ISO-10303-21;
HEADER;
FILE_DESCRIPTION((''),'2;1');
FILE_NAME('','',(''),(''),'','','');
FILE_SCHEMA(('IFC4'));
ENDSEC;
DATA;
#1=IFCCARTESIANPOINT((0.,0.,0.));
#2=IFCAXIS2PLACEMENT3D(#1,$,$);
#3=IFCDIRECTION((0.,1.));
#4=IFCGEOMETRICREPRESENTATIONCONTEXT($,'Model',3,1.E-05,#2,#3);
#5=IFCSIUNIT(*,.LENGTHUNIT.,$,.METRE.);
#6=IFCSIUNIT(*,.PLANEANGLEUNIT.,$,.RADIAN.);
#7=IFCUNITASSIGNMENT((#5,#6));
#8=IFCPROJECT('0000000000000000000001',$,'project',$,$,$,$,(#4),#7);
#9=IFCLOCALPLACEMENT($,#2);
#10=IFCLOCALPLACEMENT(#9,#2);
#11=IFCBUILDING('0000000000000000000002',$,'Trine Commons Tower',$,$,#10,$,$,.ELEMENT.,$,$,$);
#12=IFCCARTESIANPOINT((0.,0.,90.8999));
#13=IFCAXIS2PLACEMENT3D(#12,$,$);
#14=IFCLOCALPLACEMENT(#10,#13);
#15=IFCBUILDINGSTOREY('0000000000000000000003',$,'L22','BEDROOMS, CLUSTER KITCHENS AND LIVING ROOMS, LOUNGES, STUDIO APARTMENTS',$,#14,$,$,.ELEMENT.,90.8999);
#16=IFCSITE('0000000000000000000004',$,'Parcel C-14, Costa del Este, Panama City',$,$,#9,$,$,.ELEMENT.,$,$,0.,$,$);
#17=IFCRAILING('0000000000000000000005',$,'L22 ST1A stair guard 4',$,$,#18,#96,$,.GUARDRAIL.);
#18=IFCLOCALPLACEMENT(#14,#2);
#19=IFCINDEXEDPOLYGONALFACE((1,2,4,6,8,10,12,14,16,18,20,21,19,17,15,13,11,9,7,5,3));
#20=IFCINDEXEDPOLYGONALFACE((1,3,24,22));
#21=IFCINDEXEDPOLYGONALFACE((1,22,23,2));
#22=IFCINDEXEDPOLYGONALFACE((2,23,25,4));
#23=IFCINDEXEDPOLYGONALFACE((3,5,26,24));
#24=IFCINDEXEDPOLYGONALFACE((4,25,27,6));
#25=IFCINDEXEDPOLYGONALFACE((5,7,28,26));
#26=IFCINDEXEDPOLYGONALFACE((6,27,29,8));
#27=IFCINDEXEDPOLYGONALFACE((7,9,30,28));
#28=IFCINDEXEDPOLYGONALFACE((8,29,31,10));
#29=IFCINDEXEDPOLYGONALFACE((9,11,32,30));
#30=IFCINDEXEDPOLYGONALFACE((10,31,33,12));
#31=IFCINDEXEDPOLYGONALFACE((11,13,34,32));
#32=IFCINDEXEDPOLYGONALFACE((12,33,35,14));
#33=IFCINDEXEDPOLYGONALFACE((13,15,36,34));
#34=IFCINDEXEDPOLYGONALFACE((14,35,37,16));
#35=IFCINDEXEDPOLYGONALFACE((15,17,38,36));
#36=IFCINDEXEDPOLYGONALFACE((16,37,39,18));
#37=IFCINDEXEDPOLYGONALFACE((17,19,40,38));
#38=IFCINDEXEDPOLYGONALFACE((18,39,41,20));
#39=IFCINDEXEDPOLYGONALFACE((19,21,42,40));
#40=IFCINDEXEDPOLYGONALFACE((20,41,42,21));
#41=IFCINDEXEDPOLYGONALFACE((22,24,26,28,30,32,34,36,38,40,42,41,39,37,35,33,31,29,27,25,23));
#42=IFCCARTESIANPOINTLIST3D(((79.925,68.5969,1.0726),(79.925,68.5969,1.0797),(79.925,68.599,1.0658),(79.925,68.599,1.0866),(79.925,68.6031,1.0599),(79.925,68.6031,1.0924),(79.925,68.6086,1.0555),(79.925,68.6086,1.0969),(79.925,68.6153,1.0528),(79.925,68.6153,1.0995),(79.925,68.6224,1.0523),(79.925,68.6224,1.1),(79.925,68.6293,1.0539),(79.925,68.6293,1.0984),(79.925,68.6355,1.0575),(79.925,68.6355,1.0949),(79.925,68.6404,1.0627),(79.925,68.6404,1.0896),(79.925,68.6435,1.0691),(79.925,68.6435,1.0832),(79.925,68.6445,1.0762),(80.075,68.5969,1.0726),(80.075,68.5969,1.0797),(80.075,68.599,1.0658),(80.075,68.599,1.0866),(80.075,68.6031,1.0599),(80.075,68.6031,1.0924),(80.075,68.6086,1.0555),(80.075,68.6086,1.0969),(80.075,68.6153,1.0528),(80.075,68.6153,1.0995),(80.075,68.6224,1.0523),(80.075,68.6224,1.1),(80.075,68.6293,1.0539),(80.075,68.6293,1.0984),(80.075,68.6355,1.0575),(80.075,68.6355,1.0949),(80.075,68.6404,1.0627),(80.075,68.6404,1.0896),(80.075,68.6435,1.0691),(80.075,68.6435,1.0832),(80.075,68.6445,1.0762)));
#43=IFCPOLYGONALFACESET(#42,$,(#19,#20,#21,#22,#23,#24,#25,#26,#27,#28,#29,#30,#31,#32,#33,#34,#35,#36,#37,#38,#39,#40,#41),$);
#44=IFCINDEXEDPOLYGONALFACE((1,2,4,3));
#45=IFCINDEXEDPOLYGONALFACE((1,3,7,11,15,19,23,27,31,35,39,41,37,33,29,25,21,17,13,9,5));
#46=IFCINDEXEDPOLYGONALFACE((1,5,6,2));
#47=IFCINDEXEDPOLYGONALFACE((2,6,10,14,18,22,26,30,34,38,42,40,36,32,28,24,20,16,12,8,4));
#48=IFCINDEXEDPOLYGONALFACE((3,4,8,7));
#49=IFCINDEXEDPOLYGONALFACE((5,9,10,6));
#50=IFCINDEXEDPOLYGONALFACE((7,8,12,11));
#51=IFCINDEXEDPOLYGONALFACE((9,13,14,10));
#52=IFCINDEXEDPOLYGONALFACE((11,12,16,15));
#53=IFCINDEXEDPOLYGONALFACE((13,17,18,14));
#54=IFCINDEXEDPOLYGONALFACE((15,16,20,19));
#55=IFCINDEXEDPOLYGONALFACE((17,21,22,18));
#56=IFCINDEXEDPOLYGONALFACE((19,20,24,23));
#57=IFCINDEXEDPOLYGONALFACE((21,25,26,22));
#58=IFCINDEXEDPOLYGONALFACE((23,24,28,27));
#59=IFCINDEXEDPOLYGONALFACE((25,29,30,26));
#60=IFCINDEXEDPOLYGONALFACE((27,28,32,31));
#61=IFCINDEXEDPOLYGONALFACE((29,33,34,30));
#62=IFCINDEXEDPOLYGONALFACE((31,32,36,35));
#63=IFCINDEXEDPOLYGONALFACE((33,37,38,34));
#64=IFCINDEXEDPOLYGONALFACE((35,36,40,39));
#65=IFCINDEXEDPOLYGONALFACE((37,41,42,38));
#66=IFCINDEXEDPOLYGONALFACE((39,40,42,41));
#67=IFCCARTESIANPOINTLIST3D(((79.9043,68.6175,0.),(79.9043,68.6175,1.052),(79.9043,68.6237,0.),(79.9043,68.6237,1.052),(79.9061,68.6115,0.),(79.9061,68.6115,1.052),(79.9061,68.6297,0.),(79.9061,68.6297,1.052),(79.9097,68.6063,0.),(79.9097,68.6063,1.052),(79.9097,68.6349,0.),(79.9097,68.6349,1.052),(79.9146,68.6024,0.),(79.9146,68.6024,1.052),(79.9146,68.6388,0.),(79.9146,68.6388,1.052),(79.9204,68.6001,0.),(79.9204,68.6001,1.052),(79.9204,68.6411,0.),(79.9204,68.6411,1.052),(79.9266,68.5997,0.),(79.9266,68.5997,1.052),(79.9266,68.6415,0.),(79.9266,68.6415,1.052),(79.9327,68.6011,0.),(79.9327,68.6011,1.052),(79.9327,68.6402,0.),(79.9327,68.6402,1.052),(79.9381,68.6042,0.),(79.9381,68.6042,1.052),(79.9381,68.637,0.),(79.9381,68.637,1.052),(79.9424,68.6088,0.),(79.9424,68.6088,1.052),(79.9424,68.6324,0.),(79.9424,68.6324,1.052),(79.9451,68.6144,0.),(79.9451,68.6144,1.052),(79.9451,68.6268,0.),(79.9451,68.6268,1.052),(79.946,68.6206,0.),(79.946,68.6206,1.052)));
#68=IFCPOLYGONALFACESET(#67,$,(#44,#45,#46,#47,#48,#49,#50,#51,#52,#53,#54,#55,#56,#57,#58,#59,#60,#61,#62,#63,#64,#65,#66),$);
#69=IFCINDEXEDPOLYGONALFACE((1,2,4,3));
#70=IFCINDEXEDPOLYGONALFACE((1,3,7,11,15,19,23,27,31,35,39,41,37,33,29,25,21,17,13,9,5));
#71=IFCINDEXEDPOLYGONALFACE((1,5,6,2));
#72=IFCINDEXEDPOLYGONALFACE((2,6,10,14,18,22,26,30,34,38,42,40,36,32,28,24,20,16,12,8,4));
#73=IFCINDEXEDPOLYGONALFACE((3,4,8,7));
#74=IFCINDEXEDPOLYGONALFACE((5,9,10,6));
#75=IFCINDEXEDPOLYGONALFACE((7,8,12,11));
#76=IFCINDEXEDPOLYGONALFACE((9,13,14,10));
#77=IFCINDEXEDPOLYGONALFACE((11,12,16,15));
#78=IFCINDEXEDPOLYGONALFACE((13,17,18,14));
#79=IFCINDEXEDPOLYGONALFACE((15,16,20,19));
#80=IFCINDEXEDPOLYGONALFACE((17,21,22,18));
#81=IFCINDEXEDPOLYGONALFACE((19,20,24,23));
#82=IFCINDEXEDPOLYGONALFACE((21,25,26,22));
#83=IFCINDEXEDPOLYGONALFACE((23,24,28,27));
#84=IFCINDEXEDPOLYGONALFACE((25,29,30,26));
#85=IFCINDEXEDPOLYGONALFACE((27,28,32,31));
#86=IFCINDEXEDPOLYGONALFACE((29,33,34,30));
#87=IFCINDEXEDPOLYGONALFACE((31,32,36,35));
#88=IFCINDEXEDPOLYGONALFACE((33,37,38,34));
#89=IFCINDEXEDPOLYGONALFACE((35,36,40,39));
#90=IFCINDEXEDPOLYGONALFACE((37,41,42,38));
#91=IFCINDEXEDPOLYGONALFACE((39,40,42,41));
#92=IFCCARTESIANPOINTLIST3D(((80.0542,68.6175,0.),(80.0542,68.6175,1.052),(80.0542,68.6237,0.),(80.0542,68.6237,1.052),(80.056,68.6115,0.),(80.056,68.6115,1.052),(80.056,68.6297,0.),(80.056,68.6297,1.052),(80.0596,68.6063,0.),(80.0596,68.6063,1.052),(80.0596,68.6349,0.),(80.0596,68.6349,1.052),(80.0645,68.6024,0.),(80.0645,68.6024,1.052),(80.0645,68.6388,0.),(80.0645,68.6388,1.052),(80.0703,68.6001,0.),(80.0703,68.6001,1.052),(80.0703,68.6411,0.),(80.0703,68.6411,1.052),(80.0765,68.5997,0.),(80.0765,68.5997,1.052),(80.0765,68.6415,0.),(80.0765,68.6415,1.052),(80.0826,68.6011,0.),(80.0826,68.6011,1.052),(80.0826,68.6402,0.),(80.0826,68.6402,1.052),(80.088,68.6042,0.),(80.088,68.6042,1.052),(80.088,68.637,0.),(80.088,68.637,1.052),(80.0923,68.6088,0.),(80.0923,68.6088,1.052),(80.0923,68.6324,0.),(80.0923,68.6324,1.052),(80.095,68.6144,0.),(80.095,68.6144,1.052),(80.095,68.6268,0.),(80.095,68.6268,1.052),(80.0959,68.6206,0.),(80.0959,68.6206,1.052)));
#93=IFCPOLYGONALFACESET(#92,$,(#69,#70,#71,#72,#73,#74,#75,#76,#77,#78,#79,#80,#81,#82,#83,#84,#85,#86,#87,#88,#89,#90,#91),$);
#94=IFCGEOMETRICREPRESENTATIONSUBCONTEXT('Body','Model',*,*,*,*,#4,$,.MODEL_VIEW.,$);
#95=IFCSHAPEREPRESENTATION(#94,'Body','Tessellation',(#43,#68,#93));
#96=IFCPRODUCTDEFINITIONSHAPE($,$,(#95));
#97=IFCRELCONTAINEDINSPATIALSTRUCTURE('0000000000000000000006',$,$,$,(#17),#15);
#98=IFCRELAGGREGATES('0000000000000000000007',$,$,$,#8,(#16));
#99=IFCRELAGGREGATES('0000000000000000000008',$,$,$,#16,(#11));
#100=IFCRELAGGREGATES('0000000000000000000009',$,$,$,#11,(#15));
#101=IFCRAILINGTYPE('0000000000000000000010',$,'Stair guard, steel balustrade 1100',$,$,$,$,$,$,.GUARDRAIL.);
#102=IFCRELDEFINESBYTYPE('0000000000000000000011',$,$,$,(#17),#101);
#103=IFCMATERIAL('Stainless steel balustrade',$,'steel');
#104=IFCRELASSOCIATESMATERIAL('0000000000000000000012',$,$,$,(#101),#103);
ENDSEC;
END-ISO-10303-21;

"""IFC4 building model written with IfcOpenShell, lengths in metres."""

from ifc_helpers import new_model, si_unit, direction, frame, origin, origin_2d, place, context, subcontext, project, spatial, circle, extrude, material, type_object, element, save


model = new_model("IFC4")

# Units and contexts
model_context = context("Model", 3, precision=1e-05, world=origin(), true_north=direction((0.0, 1.0)))
body_context = subcontext(model_context, "Body", "Model", "MODEL_VIEW")
ifc_project = project(units=[si_unit("LENGTHUNIT", "METRE"), si_unit("PLANEANGLEUNIT", "RADIAN")], contexts=[model_context])

# Site, building, storey
site_placement = place(None, origin())
site = spatial("IfcSite", under=ifc_project, at=site_placement, Name="Parcel C-14, Costa del Este, Panama City", CompositionType="ELEMENT", RefElevation=0.0)
building_placement = place(site_placement, origin())
building = spatial("IfcBuilding", under=site, at=building_placement, Name="Trine Commons Tower", CompositionType="ELEMENT")
storey_placement = place(building_placement, frame((0.0, 0.0, 90.8999)))
storey = spatial("IfcBuildingStorey", under=building, at=storey_placement, Name="L22", Description="BEDROOMS, CLUSTER KITCHENS AND LIVING ROOMS, LOUNGES, STUDIO APARTMENTS", CompositionType="ELEMENT", Elevation=90.8999)

# Railing
ifc_material_1 = material(Name="Stainless steel balustrade", Category="steel")
railing_type_1 = type_object("IfcRailingType", Name="Stair guard, steel balustrade 1100", PredefinedType="GUARDRAIL", material=ifc_material_1)
railing_1_placement = place(storey_placement, frame((79.925, 68.6206, 0.0)))
element("IfcRailing", 1, at=railing_1_placement, inside=storey, type_object=railing_type_1, Name="L22 ST1A stair guard 4", PredefinedType="GUARDRAIL", context=body_context, shape_type="SweptSolid", body=[
    extrude(circle(Radius=0.0239, at=origin_2d()), frame((0.0, 0.0, 1.0762), z_axis=(1.0, 0.0, 0.0), x_axis=(0.0, 1.0, 0.0)), (0.0, 0.0, 1.0), 0.1499),
    extrude(circle(Radius=0.021, at=origin_2d()), origin(), (0.0, 0.0, 1.0), 1.052),
    extrude(circle(Radius=0.021, at=origin_2d()), frame((0.1499, 0.0, 0.0)), (0.0, 0.0, 1.0), 1.052),
])

save(model, "model.ifc")
